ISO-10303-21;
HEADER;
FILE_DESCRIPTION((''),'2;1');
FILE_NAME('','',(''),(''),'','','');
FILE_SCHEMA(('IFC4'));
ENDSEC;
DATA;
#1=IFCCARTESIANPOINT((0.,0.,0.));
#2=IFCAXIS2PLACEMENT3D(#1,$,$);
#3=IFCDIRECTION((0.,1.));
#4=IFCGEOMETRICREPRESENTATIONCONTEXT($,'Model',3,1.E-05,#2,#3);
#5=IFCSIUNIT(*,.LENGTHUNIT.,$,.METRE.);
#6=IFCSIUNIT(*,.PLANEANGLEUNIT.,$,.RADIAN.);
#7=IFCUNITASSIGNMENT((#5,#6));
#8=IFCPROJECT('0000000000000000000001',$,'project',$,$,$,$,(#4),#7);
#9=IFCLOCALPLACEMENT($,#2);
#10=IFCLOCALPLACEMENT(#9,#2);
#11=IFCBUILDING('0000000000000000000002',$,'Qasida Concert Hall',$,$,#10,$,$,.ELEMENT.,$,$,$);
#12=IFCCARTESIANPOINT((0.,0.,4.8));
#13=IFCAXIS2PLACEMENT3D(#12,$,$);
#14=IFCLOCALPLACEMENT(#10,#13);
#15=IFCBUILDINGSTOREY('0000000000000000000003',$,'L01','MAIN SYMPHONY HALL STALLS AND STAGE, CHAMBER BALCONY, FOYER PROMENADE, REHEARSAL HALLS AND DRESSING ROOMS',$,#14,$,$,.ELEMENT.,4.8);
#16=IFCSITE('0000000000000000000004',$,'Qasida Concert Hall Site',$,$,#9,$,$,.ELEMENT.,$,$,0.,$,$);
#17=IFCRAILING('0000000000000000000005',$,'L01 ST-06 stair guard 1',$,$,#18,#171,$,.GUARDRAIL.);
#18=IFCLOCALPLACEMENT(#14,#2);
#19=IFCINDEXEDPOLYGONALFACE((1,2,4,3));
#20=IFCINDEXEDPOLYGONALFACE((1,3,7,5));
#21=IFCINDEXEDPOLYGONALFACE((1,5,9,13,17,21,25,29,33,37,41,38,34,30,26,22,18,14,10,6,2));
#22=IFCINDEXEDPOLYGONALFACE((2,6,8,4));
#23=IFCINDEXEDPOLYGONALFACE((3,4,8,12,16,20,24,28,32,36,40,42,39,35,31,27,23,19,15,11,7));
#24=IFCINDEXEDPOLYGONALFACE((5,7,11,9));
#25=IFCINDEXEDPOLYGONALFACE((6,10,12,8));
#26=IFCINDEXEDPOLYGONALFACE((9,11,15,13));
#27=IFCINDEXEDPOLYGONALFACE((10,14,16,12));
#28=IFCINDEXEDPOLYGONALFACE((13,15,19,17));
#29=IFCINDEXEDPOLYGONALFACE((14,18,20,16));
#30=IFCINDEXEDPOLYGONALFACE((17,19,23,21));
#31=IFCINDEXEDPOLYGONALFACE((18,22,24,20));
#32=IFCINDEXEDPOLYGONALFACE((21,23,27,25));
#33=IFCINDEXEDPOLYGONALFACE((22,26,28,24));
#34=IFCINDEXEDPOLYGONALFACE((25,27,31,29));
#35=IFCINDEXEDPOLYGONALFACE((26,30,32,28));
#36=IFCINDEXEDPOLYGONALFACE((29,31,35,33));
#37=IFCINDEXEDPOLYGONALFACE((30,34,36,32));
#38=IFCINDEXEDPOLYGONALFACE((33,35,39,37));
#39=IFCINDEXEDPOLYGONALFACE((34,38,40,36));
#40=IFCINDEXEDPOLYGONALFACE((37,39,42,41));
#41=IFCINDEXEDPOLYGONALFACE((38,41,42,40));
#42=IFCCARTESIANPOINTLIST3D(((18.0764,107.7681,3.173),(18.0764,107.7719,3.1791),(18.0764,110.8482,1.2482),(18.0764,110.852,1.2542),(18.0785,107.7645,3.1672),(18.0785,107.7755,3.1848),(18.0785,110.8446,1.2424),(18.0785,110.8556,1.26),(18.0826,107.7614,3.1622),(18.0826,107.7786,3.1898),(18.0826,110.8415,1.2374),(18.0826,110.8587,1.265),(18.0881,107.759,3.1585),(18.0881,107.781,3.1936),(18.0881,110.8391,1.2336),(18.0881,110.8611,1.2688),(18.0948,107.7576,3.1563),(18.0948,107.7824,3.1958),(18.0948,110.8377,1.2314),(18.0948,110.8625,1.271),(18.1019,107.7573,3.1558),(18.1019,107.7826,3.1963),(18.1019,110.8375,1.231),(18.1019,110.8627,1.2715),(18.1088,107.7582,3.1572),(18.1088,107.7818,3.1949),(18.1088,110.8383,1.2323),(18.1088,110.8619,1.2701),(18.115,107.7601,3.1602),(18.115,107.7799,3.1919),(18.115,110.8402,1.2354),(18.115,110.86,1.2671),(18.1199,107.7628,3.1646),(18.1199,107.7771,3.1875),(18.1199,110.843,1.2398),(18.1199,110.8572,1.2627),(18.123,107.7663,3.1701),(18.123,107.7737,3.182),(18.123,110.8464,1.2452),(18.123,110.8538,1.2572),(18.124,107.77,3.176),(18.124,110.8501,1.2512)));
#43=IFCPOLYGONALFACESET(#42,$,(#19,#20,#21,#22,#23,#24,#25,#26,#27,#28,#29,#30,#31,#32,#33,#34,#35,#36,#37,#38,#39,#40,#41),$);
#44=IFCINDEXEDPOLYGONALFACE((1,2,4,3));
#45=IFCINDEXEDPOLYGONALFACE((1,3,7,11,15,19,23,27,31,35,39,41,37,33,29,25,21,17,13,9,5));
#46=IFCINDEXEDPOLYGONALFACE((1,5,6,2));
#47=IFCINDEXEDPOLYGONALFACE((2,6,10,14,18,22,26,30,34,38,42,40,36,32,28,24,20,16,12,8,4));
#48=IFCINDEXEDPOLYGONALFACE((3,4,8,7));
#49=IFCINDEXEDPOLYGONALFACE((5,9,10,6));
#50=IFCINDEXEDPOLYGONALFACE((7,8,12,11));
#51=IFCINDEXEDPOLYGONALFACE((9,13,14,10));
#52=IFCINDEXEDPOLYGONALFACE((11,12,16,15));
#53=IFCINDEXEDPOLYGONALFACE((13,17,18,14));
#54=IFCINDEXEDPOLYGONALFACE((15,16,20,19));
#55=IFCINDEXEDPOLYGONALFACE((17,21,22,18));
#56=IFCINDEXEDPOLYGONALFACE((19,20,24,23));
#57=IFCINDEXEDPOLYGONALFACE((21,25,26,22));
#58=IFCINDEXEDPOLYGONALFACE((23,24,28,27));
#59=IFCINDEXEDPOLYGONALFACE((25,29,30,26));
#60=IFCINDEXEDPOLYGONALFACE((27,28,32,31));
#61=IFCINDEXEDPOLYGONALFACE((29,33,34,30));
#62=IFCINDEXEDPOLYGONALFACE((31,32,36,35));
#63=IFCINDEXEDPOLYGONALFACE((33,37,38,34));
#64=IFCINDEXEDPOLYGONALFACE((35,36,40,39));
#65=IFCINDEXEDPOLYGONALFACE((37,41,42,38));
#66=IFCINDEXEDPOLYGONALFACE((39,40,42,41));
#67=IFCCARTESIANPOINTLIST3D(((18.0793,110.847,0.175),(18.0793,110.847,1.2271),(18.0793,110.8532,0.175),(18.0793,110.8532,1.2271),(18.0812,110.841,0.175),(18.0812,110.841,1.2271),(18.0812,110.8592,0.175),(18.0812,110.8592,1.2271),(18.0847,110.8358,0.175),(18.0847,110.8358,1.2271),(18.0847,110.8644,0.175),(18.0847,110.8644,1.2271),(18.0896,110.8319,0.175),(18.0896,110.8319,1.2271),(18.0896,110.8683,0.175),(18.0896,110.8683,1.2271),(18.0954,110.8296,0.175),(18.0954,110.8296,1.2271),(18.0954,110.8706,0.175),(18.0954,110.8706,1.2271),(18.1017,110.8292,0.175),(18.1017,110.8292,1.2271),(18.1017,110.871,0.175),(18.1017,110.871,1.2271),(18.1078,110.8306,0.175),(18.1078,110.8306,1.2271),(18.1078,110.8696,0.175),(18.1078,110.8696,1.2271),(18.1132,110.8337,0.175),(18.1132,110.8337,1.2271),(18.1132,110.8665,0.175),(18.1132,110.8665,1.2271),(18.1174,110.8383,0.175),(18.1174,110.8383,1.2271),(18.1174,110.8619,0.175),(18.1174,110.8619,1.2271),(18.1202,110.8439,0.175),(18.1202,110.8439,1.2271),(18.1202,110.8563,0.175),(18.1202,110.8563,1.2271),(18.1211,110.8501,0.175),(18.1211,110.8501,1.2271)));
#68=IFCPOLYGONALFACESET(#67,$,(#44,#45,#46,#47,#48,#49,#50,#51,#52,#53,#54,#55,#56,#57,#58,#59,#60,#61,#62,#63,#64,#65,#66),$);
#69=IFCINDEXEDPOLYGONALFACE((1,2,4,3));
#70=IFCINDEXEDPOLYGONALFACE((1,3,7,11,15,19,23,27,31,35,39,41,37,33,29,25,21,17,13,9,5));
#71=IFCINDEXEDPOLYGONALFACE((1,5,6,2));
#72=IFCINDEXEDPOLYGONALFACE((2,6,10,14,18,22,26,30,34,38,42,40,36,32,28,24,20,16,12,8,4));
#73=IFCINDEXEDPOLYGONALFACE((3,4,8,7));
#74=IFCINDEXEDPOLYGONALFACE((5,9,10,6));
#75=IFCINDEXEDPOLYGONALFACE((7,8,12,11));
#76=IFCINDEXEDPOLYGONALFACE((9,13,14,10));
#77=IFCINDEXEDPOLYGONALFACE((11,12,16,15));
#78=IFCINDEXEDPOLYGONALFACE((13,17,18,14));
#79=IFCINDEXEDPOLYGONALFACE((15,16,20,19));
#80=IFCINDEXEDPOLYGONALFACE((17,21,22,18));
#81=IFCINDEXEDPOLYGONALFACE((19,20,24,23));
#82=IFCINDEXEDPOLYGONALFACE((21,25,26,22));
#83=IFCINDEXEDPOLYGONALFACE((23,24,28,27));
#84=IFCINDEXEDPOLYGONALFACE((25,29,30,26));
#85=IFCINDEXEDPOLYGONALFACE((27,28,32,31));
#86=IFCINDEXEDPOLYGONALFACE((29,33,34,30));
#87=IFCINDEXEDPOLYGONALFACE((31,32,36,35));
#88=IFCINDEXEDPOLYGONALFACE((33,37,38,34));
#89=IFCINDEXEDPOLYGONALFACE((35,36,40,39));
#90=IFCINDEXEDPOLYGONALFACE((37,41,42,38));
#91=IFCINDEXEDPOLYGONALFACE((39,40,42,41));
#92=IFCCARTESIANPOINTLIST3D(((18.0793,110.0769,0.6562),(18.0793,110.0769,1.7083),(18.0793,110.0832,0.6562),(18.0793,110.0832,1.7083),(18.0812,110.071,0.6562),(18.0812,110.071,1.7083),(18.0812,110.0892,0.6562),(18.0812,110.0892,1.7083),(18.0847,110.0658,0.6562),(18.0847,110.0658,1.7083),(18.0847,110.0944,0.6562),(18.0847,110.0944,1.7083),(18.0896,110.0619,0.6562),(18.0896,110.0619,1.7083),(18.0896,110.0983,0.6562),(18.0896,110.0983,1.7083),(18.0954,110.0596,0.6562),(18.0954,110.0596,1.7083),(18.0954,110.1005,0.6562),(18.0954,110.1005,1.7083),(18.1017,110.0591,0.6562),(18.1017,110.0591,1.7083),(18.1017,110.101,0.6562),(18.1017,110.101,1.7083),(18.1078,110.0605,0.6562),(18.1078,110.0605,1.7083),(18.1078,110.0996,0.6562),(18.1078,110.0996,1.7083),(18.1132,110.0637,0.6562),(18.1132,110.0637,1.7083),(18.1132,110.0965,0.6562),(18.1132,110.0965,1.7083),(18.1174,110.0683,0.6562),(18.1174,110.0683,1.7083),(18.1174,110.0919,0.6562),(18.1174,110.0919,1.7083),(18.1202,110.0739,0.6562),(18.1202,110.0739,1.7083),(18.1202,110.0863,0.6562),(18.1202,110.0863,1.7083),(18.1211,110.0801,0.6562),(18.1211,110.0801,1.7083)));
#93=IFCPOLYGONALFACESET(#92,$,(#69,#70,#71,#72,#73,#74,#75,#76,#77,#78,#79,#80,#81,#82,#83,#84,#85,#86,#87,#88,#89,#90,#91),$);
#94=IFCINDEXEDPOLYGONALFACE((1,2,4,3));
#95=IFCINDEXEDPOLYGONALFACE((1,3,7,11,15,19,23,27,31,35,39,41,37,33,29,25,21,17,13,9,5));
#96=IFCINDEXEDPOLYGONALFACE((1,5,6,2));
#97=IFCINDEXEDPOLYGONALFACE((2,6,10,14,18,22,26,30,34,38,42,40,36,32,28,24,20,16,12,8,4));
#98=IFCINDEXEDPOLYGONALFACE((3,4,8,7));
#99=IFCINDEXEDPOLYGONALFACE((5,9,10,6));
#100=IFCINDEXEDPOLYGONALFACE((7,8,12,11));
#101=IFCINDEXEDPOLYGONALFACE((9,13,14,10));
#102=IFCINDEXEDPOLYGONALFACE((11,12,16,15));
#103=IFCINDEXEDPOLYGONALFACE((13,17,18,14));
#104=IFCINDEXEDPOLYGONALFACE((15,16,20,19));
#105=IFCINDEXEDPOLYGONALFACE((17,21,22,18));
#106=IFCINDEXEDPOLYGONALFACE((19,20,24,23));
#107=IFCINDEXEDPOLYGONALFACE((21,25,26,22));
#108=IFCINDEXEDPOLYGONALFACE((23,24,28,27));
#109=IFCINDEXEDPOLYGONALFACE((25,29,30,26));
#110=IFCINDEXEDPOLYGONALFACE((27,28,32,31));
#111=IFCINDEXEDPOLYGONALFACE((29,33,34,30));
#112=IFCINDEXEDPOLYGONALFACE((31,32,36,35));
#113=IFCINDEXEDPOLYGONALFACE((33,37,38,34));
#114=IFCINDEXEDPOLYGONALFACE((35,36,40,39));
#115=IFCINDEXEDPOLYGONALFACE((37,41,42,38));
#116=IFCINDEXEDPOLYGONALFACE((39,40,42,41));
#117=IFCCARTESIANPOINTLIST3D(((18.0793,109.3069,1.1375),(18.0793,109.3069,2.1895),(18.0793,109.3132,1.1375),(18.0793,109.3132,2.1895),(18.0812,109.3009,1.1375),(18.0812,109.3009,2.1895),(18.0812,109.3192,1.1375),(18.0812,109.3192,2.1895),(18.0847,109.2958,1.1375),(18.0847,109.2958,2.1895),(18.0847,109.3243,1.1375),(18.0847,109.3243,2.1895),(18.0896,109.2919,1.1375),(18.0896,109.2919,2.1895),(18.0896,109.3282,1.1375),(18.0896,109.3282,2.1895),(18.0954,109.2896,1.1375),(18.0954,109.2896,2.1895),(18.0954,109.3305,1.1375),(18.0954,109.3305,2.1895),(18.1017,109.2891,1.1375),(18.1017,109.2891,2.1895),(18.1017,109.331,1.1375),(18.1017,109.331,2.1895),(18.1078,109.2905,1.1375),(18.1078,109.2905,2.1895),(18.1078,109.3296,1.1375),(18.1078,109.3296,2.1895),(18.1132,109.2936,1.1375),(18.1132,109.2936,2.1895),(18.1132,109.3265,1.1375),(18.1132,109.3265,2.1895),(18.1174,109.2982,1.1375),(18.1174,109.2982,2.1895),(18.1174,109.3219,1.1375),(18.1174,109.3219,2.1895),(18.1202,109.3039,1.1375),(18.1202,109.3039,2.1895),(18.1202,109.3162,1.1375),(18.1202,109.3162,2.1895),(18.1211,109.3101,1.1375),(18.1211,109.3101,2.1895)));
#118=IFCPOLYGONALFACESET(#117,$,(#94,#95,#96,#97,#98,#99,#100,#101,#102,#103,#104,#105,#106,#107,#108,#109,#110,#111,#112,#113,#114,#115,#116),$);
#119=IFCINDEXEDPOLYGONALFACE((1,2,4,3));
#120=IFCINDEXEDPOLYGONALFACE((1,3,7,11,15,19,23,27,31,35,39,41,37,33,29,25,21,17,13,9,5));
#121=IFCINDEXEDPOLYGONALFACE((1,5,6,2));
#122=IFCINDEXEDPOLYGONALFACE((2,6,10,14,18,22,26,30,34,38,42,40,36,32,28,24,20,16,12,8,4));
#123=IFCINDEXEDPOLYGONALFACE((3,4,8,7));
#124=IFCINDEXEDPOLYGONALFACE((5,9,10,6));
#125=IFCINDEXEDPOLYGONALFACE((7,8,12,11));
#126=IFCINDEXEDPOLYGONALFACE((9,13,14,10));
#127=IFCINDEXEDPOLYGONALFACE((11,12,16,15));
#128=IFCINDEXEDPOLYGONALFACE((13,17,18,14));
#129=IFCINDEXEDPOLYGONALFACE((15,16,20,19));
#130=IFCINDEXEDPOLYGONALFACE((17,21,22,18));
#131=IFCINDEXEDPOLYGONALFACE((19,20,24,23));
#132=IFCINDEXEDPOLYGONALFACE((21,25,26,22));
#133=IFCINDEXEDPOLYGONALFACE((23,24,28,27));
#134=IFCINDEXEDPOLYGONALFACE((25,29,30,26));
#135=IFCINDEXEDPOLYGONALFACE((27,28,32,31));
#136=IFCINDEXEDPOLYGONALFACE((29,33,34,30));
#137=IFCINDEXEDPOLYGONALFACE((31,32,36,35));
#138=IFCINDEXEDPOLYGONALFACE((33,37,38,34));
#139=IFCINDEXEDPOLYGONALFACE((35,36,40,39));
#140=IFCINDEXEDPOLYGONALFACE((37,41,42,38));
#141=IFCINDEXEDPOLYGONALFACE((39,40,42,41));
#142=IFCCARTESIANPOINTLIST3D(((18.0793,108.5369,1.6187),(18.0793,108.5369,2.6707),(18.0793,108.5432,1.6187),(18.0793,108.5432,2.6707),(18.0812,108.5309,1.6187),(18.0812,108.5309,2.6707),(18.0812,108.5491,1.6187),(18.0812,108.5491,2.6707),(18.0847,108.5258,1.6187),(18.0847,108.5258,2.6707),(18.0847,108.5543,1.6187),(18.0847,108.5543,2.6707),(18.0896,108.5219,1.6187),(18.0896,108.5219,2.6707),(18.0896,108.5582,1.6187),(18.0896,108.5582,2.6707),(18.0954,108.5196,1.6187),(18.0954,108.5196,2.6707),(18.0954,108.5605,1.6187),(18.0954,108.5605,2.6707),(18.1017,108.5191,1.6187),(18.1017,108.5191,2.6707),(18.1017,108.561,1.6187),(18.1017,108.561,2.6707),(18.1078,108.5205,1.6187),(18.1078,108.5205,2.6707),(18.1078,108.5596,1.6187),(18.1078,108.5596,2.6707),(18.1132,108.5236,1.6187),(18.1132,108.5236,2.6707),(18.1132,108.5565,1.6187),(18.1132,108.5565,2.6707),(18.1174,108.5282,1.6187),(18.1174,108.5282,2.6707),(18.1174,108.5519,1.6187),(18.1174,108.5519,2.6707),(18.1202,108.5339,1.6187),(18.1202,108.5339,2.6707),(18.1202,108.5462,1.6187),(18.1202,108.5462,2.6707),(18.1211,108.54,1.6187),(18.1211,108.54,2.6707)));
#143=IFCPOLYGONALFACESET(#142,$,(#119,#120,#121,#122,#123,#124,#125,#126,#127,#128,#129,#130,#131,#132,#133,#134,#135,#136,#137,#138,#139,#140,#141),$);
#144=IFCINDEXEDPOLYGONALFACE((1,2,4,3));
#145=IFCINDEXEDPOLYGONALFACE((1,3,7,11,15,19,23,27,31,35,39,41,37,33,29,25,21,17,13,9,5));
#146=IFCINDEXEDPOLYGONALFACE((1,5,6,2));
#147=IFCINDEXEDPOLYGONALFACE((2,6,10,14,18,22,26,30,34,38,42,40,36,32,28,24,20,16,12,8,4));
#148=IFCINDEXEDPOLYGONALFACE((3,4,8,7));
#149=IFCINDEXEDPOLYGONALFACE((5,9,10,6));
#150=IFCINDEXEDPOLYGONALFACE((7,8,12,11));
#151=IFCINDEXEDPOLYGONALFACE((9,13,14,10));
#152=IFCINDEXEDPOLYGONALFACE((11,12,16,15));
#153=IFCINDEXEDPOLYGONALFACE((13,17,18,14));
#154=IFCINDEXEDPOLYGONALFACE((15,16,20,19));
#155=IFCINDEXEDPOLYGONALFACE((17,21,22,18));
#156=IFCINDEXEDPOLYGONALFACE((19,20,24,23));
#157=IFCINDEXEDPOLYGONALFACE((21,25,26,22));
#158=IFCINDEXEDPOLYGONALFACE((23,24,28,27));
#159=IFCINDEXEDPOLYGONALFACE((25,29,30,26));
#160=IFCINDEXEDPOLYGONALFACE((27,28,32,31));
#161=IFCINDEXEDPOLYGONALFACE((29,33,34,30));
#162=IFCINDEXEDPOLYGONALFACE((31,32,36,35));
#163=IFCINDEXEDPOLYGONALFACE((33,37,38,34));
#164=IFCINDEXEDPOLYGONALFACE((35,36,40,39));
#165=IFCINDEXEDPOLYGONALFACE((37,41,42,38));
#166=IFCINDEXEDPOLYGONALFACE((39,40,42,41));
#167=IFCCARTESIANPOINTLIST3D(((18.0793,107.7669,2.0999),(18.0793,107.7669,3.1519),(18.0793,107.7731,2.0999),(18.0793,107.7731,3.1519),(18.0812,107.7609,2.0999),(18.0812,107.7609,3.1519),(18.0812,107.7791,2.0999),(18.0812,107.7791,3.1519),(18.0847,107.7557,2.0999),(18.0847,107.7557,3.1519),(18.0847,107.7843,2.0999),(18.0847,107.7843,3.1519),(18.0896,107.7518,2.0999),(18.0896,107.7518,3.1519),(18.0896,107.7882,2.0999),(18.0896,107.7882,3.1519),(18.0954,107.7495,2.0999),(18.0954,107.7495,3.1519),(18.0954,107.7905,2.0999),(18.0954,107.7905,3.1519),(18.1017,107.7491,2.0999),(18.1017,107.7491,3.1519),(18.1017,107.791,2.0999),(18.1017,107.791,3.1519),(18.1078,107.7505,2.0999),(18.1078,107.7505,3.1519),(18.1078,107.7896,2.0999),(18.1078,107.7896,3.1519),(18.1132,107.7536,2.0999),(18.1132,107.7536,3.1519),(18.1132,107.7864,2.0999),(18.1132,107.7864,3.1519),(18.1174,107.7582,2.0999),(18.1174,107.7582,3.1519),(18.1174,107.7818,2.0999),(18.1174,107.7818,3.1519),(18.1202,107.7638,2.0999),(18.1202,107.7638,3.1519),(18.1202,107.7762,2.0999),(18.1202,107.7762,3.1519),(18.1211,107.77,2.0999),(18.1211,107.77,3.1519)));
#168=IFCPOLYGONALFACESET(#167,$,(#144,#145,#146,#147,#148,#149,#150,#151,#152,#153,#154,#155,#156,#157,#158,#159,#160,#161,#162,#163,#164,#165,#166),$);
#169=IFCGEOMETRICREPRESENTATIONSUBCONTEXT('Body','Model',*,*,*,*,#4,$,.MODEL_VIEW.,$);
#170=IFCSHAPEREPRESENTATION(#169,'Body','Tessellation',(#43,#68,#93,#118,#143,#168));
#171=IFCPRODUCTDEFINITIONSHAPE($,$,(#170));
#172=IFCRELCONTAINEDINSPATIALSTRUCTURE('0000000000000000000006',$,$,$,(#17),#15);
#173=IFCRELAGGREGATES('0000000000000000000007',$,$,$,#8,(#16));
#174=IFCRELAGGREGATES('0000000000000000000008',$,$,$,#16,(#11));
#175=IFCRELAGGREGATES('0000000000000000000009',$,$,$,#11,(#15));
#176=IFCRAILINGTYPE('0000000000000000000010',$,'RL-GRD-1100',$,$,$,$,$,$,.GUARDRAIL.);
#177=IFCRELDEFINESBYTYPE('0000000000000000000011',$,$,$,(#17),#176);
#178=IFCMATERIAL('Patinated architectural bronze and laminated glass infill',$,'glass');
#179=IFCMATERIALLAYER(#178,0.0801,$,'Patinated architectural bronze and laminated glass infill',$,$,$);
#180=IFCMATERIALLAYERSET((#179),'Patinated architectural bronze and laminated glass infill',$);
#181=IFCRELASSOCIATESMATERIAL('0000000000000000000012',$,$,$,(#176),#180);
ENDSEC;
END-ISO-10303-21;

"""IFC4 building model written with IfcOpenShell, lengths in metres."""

from ifc_helpers import new_model, si_unit, direction, frame, origin, origin_2d, place, context, subcontext, project, spatial, circle, extrude, material, layer, layer_set, type_object, element, save


model = new_model("IFC4")

# Units and contexts
model_context = context("Model", 3, precision=1e-05, world=origin(), true_north=direction((0.0, 1.0)))
body_context = subcontext(model_context, "Body", "Model", "MODEL_VIEW")
ifc_project = project(units=[si_unit("LENGTHUNIT", "METRE"), si_unit("PLANEANGLEUNIT", "RADIAN")], contexts=[model_context])

# Site, building, storey
site_placement = place(None, origin())
site = spatial("IfcSite", under=ifc_project, at=site_placement, Name="Qasida Concert Hall Site", CompositionType="ELEMENT", RefElevation=0.0)
building_placement = place(site_placement, origin())
building = spatial("IfcBuilding", under=site, at=building_placement, Name="Qasida Concert Hall", CompositionType="ELEMENT")
storey_placement = place(building_placement, frame((0.0, 0.0, 4.8)))
storey = spatial("IfcBuildingStorey", under=building, at=storey_placement, Name="L01", Description="MAIN SYMPHONY HALL STALLS AND STAGE, CHAMBER BALCONY, FOYER PROMENADE, REHEARSAL HALLS AND DRESSING ROOMS", CompositionType="ELEMENT", Elevation=4.8)

# Railing
ifc_material_1 = material(Name="Patinated architectural bronze and laminated glass infill", Category="glass")
ifc_layer_1 = layer(ifc_material_1, 0.0801, Name="Patinated architectural bronze and laminated glass infill")
ifc_layer_set_1 = layer_set([ifc_layer_1], Name="Patinated architectural bronze and laminated glass infill")
railing_type_1 = type_object("IfcRailingType", Name="RL-GRD-1100", PredefinedType="GUARDRAIL", material=ifc_layer_set_1)
railing_1_placement = place(storey_placement, frame((18.1001, 110.8501, 0.175)))
element("IfcRailing", 1, at=railing_1_placement, inside=storey, type_object=railing_type_1, Name="L01 ST-06 stair guard 1", PredefinedType="GUARDRAIL", context=body_context, shape_type="SweptSolid", body=[
    extrude(circle(Radius=0.0239, at=origin_2d()), frame((0.0, 0.0, 1.0762), z_axis=(0.0, -0.848029, 0.529951), x_axis=(1.0, 0.0, 0.0)), (0.0, 0.0, 1.0), 3.6321),
    extrude(circle(Radius=0.021, at=origin_2d()), origin(), (0.0, 0.0, 1.0), 1.052),
    extrude(circle(Radius=0.021, at=origin_2d()), frame((0.0, -0.77, 0.4812)), (0.0, 0.0, 1.0), 1.052),
    extrude(circle(Radius=0.021, at=origin_2d()), frame((0.0, -1.54, 0.9624)), (0.0, 0.0, 1.0), 1.052),
    extrude(circle(Radius=0.021, at=origin_2d()), frame((0.0, -2.3101, 1.4436)), (0.0, 0.0, 1.0), 1.052),
    extrude(circle(Radius=0.021, at=origin_2d()), frame((0.0, -3.0801, 1.9248)), (0.0, 0.0, 1.0), 1.052),
])

save(model, "model.ifc")
